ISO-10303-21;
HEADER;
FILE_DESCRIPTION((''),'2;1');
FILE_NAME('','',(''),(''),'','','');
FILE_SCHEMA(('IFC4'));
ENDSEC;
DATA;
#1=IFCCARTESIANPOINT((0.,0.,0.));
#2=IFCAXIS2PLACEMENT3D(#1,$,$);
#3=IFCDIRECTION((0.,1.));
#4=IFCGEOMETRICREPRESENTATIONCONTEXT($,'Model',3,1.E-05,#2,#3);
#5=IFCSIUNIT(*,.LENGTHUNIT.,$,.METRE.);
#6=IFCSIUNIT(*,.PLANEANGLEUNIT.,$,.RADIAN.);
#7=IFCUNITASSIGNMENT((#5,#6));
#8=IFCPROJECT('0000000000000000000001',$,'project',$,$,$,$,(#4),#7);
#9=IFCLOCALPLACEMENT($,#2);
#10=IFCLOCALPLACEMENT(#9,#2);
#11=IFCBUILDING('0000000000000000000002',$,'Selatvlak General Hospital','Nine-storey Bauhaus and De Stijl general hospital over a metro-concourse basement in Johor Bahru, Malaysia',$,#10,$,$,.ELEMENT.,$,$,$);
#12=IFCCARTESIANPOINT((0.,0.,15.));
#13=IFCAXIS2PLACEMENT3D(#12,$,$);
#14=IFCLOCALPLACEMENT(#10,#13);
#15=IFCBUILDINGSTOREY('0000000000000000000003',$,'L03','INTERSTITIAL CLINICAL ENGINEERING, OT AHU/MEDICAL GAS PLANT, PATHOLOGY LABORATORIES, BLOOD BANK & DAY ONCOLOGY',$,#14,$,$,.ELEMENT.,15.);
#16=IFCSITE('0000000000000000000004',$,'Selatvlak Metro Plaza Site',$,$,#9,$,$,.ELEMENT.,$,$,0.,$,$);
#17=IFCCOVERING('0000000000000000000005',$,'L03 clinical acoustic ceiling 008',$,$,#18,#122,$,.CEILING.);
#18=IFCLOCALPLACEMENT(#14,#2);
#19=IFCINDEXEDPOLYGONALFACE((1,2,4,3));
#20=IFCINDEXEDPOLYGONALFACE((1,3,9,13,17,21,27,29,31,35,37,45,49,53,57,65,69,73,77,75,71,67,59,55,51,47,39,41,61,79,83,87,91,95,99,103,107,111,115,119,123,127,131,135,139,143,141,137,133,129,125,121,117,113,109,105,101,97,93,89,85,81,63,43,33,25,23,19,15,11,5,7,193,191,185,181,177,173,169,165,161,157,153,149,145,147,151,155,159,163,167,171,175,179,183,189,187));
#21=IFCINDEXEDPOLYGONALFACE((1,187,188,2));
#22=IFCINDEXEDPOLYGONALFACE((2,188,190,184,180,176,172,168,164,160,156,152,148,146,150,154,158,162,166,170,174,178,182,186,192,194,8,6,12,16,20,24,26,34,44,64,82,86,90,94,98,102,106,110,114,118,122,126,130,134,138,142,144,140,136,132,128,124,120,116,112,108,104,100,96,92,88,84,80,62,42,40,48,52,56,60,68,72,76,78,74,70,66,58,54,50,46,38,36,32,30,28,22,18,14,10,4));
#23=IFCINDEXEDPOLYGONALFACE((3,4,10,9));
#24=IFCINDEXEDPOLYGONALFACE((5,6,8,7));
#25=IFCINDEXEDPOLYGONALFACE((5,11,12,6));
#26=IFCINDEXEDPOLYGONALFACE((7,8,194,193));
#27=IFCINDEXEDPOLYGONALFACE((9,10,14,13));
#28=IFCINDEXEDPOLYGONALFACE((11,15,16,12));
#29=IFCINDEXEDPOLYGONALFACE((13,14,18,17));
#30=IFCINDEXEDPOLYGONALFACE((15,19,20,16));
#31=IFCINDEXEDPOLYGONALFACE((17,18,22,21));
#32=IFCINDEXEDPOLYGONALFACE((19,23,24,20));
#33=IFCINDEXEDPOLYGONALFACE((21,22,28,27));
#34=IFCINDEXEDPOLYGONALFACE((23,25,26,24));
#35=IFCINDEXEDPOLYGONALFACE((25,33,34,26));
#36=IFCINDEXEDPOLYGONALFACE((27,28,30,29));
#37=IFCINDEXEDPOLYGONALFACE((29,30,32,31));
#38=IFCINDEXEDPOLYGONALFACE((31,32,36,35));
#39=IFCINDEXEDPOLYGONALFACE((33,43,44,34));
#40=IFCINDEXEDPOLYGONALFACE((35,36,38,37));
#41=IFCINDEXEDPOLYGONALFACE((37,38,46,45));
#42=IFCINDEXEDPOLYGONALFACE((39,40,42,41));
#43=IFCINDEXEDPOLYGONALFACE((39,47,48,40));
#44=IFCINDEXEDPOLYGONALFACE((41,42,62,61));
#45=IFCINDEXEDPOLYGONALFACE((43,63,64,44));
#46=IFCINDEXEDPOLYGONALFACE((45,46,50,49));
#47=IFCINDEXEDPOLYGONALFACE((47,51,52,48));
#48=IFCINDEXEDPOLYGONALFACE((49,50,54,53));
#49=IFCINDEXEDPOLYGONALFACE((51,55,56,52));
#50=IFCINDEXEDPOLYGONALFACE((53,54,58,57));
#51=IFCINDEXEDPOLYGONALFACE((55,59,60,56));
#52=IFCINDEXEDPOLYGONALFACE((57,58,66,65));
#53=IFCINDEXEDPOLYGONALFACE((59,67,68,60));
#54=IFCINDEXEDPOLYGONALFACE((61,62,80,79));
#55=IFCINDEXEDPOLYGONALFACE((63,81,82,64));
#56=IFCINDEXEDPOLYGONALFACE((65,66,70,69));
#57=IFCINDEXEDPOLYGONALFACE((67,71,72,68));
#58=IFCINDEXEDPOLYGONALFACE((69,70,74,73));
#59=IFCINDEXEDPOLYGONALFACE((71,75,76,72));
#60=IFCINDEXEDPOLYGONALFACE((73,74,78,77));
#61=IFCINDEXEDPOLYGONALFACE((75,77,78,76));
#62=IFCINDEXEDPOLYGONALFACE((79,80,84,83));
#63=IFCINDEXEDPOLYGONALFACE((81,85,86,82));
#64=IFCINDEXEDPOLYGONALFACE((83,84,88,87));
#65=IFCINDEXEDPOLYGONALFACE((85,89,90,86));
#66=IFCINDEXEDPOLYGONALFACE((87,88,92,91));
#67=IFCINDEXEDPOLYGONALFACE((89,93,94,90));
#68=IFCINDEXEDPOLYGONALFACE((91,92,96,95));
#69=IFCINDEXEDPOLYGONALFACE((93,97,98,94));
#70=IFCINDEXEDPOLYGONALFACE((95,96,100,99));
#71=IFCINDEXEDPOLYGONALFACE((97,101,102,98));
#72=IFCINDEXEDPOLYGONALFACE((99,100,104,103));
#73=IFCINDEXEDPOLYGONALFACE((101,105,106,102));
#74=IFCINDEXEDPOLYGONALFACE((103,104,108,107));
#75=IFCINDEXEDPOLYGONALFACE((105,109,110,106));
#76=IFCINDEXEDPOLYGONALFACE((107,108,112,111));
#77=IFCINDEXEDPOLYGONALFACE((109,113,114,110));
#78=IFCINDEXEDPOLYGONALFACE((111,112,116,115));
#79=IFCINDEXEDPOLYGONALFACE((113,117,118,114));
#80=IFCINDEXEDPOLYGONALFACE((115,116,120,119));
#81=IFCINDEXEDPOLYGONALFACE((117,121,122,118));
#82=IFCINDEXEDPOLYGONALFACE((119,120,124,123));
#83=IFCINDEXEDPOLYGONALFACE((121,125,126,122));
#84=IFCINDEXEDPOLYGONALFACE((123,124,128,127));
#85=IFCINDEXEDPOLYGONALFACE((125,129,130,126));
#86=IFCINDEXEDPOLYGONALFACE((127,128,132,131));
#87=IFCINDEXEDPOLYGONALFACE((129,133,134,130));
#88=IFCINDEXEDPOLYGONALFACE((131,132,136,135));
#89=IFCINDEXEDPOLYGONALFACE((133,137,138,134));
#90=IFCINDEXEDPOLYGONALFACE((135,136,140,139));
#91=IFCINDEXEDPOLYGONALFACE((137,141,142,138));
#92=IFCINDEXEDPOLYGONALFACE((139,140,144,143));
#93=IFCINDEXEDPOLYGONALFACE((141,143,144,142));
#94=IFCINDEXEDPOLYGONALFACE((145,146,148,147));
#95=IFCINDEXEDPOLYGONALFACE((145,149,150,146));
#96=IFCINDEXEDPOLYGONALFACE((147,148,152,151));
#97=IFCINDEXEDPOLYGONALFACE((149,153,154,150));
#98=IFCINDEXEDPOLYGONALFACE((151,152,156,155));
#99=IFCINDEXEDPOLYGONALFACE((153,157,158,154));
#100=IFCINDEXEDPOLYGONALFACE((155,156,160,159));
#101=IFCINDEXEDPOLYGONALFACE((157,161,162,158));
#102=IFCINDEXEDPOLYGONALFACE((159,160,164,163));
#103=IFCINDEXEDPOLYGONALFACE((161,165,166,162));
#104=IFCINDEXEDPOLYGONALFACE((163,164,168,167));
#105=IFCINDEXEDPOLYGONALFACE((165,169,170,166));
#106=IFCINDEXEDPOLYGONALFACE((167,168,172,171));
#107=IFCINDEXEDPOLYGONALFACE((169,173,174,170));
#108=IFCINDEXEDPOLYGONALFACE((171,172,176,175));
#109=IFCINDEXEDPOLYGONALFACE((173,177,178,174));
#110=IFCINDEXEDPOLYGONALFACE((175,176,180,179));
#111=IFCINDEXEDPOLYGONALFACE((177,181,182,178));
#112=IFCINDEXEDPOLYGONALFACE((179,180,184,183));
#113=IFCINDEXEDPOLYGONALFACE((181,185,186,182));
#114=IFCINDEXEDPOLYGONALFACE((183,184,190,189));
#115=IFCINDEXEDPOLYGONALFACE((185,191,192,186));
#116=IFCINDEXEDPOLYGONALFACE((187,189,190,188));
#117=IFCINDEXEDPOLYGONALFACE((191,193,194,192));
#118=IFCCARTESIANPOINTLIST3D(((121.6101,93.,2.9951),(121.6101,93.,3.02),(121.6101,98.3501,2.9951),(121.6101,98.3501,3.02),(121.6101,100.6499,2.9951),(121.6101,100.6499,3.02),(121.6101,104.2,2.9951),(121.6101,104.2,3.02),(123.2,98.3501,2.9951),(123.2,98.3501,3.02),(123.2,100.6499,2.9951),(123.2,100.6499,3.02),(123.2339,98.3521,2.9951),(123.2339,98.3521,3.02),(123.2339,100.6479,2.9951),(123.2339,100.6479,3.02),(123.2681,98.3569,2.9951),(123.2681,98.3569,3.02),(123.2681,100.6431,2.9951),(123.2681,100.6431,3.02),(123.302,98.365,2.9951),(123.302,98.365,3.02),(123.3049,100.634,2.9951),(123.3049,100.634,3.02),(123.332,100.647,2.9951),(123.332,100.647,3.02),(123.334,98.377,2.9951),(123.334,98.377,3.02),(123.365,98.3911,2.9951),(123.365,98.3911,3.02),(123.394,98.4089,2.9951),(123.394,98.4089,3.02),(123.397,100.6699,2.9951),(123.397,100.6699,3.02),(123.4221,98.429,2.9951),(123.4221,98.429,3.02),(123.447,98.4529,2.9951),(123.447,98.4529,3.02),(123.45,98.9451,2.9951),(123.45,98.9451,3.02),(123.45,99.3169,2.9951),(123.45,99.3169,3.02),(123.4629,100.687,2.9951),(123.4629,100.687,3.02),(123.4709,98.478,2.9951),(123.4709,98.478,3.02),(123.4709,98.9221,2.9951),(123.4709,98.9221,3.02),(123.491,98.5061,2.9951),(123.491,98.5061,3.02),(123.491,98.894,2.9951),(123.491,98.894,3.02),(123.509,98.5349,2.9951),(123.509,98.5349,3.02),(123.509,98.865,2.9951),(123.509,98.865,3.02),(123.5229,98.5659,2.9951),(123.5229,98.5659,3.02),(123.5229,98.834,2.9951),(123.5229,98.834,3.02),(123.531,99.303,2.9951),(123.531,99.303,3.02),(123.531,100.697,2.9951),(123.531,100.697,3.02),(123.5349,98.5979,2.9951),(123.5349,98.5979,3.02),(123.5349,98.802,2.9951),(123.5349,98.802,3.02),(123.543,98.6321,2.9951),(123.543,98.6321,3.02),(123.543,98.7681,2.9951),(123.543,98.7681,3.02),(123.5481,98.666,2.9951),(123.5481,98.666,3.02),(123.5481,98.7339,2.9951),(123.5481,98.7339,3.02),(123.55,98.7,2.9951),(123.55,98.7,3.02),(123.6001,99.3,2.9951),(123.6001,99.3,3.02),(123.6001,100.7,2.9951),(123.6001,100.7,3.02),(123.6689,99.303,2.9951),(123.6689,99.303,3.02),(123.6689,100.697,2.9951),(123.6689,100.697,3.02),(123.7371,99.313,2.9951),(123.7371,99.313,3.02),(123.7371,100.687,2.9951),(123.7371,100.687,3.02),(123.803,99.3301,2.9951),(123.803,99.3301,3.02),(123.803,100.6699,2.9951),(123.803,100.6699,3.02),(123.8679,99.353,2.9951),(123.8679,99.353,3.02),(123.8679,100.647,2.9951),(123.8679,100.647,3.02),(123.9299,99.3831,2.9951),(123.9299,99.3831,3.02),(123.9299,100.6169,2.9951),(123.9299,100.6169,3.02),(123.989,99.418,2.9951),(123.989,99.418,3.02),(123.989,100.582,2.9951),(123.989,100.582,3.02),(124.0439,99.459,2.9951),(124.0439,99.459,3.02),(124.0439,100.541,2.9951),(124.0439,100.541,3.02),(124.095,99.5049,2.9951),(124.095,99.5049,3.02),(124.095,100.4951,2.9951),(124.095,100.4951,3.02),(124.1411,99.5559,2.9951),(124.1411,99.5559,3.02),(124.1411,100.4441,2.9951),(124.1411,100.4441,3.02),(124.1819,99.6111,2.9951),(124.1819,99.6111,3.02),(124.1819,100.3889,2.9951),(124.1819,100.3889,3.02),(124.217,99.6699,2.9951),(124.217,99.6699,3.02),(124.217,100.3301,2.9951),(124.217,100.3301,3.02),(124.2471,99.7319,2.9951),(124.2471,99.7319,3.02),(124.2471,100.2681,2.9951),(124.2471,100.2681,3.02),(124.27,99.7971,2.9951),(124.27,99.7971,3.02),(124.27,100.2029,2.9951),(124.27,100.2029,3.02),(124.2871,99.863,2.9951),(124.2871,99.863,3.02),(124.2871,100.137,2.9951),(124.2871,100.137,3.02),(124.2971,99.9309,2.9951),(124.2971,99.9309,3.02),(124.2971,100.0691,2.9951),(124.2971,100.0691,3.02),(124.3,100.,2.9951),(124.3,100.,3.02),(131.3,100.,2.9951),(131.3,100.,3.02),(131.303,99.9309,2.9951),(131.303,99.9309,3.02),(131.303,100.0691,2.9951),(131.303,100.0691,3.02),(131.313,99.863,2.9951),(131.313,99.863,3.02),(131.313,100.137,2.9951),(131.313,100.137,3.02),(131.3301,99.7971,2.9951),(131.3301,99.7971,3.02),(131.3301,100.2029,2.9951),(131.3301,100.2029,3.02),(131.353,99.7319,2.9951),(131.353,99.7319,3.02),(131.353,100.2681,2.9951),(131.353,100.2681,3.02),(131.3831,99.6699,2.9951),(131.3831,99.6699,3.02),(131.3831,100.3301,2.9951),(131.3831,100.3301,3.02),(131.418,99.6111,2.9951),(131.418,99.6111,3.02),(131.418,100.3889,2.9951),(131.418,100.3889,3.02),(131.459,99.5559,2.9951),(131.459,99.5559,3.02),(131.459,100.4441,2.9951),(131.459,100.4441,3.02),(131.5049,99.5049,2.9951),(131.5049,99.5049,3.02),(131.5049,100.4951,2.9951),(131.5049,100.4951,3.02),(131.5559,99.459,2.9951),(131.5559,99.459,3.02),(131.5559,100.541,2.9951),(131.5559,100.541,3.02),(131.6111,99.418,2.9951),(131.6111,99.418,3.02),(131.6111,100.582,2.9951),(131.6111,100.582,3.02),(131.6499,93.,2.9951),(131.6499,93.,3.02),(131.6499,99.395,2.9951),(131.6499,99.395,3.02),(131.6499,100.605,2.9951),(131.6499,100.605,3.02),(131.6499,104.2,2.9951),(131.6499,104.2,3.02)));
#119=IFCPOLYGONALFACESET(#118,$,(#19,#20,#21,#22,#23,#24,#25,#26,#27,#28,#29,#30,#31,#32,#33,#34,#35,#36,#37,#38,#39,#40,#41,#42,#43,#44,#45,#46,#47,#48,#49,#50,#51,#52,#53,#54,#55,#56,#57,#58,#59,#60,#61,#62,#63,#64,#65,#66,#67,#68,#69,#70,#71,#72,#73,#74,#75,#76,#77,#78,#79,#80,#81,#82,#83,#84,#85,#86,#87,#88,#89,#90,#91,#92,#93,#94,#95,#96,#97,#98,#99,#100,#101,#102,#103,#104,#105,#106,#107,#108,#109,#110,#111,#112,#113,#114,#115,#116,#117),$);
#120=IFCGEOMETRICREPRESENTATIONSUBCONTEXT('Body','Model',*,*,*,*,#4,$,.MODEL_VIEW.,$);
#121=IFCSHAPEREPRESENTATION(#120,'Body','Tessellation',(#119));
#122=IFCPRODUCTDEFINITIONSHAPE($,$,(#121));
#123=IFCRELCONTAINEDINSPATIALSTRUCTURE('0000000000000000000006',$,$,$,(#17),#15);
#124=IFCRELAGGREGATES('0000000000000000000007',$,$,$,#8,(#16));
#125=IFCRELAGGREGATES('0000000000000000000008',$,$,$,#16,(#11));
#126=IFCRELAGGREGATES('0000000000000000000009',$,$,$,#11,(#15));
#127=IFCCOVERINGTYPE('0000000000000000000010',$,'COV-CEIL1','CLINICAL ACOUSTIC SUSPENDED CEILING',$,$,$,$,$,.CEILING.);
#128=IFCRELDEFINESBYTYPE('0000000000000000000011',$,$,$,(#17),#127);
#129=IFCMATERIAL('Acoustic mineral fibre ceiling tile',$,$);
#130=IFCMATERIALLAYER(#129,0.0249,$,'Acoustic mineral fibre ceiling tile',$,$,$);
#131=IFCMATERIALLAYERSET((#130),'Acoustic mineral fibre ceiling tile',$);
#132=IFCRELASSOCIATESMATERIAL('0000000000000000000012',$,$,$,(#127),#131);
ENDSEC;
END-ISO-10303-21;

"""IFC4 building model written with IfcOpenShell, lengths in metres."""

from ifc_helpers import new_model, si_unit, direction, frame, origin, place, context, subcontext, project, spatial, polyline, outline, extrude, material, layer, layer_set, type_object, element, save


model = new_model("IFC4")

# Units and contexts
model_context = context("Model", 3, precision=1e-05, world=origin(), true_north=direction((0.0, 1.0)))
body_context = subcontext(model_context, "Body", "Model", "MODEL_VIEW")
ifc_project = project(units=[si_unit("LENGTHUNIT", "METRE"), si_unit("PLANEANGLEUNIT", "RADIAN")], contexts=[model_context])

# Site, building, storey
site_placement = place(None, origin())
site = spatial("IfcSite", under=ifc_project, at=site_placement, Name="Selatvlak Metro Plaza Site", CompositionType="ELEMENT", RefElevation=0.0)
building_placement = place(site_placement, origin())
building = spatial("IfcBuilding", under=site, at=building_placement, Name="Selatvlak General Hospital", Description="Nine-storey Bauhaus and De Stijl general hospital over a metro-concourse basement in Johor Bahru, Malaysia", CompositionType="ELEMENT")
storey_placement = place(building_placement, frame((0.0, 0.0, 15.0)))
storey = spatial("IfcBuildingStorey", under=building, at=storey_placement, Name="L03", Description="INTERSTITIAL CLINICAL ENGINEERING, OT AHU/MEDICAL GAS PLANT, PATHOLOGY LABORATORIES, BLOOD BANK & DAY ONCOLOGY", CompositionType="ELEMENT", Elevation=15.0)

# Covering
ifc_material_1 = material(Name="Acoustic mineral fibre ceiling tile")
ifc_layer_1 = layer(ifc_material_1, 0.0249, Name="Acoustic mineral fibre ceiling tile")
ifc_layer_set_1 = layer_set([ifc_layer_1], Name="Acoustic mineral fibre ceiling tile")
covering_type_1 = type_object("IfcCoveringType", Name="COV-CEIL1", Description="CLINICAL ACOUSTIC SUSPENDED CEILING", PredefinedType="CEILING", material=ifc_layer_set_1)
covering_1_placement = place(storey_placement, frame((0.0, 0.0, 2.9951)))
element("IfcCovering", 1, at=covering_1_placement, inside=storey, type_object=covering_type_1, Name="L03 clinical acoustic ceiling 008", PredefinedType="CEILING", context=body_context, shape_type="SweptSolid", body=[
    extrude(outline(polyline([(131.6499, 104.2), (131.6499, 100.605), (131.6111, 100.582), (131.5559, 100.541), (131.5049, 100.4951), (131.459, 100.4441), (131.418, 100.3889), (131.3831, 100.3301), (131.353, 100.2681), (131.3301, 100.2029), (131.313, 100.137), (131.303, 100.0691), (131.3, 100.0), (131.303, 99.9309), (131.313, 99.863), (131.3301, 99.7971), (131.353, 99.7319), (131.3831, 99.6699), (131.418, 99.6111), (131.459, 99.5559), (131.5049, 99.5049), (131.5559, 99.459), (131.6111, 99.418), (131.6499, 99.395), (131.6499, 93.0), (121.6101, 93.0), (121.6101, 98.3501), (123.2, 98.3501), (123.2339, 98.3521), (123.2681, 98.3569), (123.302, 98.365), (123.334, 98.377), (123.365, 98.3911), (123.394, 98.4089), (123.4221, 98.429), (123.447, 98.4529), (123.4709, 98.478), (123.491, 98.5061), (123.509, 98.5349), (123.5229, 98.5659), (123.5349, 98.5979), (123.543, 98.6321), (123.5481, 98.666), (123.55, 98.7), (123.5481, 98.7339), (123.543, 98.7681), (123.5349, 98.802), (123.5229, 98.834), (123.509, 98.865), (123.491, 98.894), (123.4709, 98.9221), (123.45, 98.9451), (123.45, 99.3169), (123.531, 99.303), (123.6001, 99.3), (123.6689, 99.303), (123.7371, 99.313), (123.803, 99.3301), (123.8679, 99.353), (123.9299, 99.3831), (123.989, 99.418), (124.0439, 99.459), (124.095, 99.5049), (124.1411, 99.5559), (124.1819, 99.6111), (124.217, 99.6699), (124.2471, 99.7319), (124.27, 99.7971), (124.2871, 99.863), (124.2971, 99.9309), (124.3, 100.0), (124.2971, 100.0691), (124.2871, 100.137), (124.27, 100.2029), (124.2471, 100.2681), (124.217, 100.3301), (124.1819, 100.3889), (124.1411, 100.4441), (124.095, 100.4951), (124.0439, 100.541), (123.989, 100.582), (123.9299, 100.6169), (123.8679, 100.647), (123.803, 100.6699), (123.7371, 100.687), (123.6689, 100.697), (123.6001, 100.7), (123.531, 100.697), (123.4629, 100.687), (123.397, 100.6699), (123.332, 100.647), (123.3049, 100.634), (123.2681, 100.6431), (123.2339, 100.6479), (123.2, 100.6499), (121.6101, 100.6499), (121.6101, 104.2), (131.6499, 104.2)])), origin(), (0.0, 0.0, 1.0), 0.0249),
])

save(model, "model.ifc")
